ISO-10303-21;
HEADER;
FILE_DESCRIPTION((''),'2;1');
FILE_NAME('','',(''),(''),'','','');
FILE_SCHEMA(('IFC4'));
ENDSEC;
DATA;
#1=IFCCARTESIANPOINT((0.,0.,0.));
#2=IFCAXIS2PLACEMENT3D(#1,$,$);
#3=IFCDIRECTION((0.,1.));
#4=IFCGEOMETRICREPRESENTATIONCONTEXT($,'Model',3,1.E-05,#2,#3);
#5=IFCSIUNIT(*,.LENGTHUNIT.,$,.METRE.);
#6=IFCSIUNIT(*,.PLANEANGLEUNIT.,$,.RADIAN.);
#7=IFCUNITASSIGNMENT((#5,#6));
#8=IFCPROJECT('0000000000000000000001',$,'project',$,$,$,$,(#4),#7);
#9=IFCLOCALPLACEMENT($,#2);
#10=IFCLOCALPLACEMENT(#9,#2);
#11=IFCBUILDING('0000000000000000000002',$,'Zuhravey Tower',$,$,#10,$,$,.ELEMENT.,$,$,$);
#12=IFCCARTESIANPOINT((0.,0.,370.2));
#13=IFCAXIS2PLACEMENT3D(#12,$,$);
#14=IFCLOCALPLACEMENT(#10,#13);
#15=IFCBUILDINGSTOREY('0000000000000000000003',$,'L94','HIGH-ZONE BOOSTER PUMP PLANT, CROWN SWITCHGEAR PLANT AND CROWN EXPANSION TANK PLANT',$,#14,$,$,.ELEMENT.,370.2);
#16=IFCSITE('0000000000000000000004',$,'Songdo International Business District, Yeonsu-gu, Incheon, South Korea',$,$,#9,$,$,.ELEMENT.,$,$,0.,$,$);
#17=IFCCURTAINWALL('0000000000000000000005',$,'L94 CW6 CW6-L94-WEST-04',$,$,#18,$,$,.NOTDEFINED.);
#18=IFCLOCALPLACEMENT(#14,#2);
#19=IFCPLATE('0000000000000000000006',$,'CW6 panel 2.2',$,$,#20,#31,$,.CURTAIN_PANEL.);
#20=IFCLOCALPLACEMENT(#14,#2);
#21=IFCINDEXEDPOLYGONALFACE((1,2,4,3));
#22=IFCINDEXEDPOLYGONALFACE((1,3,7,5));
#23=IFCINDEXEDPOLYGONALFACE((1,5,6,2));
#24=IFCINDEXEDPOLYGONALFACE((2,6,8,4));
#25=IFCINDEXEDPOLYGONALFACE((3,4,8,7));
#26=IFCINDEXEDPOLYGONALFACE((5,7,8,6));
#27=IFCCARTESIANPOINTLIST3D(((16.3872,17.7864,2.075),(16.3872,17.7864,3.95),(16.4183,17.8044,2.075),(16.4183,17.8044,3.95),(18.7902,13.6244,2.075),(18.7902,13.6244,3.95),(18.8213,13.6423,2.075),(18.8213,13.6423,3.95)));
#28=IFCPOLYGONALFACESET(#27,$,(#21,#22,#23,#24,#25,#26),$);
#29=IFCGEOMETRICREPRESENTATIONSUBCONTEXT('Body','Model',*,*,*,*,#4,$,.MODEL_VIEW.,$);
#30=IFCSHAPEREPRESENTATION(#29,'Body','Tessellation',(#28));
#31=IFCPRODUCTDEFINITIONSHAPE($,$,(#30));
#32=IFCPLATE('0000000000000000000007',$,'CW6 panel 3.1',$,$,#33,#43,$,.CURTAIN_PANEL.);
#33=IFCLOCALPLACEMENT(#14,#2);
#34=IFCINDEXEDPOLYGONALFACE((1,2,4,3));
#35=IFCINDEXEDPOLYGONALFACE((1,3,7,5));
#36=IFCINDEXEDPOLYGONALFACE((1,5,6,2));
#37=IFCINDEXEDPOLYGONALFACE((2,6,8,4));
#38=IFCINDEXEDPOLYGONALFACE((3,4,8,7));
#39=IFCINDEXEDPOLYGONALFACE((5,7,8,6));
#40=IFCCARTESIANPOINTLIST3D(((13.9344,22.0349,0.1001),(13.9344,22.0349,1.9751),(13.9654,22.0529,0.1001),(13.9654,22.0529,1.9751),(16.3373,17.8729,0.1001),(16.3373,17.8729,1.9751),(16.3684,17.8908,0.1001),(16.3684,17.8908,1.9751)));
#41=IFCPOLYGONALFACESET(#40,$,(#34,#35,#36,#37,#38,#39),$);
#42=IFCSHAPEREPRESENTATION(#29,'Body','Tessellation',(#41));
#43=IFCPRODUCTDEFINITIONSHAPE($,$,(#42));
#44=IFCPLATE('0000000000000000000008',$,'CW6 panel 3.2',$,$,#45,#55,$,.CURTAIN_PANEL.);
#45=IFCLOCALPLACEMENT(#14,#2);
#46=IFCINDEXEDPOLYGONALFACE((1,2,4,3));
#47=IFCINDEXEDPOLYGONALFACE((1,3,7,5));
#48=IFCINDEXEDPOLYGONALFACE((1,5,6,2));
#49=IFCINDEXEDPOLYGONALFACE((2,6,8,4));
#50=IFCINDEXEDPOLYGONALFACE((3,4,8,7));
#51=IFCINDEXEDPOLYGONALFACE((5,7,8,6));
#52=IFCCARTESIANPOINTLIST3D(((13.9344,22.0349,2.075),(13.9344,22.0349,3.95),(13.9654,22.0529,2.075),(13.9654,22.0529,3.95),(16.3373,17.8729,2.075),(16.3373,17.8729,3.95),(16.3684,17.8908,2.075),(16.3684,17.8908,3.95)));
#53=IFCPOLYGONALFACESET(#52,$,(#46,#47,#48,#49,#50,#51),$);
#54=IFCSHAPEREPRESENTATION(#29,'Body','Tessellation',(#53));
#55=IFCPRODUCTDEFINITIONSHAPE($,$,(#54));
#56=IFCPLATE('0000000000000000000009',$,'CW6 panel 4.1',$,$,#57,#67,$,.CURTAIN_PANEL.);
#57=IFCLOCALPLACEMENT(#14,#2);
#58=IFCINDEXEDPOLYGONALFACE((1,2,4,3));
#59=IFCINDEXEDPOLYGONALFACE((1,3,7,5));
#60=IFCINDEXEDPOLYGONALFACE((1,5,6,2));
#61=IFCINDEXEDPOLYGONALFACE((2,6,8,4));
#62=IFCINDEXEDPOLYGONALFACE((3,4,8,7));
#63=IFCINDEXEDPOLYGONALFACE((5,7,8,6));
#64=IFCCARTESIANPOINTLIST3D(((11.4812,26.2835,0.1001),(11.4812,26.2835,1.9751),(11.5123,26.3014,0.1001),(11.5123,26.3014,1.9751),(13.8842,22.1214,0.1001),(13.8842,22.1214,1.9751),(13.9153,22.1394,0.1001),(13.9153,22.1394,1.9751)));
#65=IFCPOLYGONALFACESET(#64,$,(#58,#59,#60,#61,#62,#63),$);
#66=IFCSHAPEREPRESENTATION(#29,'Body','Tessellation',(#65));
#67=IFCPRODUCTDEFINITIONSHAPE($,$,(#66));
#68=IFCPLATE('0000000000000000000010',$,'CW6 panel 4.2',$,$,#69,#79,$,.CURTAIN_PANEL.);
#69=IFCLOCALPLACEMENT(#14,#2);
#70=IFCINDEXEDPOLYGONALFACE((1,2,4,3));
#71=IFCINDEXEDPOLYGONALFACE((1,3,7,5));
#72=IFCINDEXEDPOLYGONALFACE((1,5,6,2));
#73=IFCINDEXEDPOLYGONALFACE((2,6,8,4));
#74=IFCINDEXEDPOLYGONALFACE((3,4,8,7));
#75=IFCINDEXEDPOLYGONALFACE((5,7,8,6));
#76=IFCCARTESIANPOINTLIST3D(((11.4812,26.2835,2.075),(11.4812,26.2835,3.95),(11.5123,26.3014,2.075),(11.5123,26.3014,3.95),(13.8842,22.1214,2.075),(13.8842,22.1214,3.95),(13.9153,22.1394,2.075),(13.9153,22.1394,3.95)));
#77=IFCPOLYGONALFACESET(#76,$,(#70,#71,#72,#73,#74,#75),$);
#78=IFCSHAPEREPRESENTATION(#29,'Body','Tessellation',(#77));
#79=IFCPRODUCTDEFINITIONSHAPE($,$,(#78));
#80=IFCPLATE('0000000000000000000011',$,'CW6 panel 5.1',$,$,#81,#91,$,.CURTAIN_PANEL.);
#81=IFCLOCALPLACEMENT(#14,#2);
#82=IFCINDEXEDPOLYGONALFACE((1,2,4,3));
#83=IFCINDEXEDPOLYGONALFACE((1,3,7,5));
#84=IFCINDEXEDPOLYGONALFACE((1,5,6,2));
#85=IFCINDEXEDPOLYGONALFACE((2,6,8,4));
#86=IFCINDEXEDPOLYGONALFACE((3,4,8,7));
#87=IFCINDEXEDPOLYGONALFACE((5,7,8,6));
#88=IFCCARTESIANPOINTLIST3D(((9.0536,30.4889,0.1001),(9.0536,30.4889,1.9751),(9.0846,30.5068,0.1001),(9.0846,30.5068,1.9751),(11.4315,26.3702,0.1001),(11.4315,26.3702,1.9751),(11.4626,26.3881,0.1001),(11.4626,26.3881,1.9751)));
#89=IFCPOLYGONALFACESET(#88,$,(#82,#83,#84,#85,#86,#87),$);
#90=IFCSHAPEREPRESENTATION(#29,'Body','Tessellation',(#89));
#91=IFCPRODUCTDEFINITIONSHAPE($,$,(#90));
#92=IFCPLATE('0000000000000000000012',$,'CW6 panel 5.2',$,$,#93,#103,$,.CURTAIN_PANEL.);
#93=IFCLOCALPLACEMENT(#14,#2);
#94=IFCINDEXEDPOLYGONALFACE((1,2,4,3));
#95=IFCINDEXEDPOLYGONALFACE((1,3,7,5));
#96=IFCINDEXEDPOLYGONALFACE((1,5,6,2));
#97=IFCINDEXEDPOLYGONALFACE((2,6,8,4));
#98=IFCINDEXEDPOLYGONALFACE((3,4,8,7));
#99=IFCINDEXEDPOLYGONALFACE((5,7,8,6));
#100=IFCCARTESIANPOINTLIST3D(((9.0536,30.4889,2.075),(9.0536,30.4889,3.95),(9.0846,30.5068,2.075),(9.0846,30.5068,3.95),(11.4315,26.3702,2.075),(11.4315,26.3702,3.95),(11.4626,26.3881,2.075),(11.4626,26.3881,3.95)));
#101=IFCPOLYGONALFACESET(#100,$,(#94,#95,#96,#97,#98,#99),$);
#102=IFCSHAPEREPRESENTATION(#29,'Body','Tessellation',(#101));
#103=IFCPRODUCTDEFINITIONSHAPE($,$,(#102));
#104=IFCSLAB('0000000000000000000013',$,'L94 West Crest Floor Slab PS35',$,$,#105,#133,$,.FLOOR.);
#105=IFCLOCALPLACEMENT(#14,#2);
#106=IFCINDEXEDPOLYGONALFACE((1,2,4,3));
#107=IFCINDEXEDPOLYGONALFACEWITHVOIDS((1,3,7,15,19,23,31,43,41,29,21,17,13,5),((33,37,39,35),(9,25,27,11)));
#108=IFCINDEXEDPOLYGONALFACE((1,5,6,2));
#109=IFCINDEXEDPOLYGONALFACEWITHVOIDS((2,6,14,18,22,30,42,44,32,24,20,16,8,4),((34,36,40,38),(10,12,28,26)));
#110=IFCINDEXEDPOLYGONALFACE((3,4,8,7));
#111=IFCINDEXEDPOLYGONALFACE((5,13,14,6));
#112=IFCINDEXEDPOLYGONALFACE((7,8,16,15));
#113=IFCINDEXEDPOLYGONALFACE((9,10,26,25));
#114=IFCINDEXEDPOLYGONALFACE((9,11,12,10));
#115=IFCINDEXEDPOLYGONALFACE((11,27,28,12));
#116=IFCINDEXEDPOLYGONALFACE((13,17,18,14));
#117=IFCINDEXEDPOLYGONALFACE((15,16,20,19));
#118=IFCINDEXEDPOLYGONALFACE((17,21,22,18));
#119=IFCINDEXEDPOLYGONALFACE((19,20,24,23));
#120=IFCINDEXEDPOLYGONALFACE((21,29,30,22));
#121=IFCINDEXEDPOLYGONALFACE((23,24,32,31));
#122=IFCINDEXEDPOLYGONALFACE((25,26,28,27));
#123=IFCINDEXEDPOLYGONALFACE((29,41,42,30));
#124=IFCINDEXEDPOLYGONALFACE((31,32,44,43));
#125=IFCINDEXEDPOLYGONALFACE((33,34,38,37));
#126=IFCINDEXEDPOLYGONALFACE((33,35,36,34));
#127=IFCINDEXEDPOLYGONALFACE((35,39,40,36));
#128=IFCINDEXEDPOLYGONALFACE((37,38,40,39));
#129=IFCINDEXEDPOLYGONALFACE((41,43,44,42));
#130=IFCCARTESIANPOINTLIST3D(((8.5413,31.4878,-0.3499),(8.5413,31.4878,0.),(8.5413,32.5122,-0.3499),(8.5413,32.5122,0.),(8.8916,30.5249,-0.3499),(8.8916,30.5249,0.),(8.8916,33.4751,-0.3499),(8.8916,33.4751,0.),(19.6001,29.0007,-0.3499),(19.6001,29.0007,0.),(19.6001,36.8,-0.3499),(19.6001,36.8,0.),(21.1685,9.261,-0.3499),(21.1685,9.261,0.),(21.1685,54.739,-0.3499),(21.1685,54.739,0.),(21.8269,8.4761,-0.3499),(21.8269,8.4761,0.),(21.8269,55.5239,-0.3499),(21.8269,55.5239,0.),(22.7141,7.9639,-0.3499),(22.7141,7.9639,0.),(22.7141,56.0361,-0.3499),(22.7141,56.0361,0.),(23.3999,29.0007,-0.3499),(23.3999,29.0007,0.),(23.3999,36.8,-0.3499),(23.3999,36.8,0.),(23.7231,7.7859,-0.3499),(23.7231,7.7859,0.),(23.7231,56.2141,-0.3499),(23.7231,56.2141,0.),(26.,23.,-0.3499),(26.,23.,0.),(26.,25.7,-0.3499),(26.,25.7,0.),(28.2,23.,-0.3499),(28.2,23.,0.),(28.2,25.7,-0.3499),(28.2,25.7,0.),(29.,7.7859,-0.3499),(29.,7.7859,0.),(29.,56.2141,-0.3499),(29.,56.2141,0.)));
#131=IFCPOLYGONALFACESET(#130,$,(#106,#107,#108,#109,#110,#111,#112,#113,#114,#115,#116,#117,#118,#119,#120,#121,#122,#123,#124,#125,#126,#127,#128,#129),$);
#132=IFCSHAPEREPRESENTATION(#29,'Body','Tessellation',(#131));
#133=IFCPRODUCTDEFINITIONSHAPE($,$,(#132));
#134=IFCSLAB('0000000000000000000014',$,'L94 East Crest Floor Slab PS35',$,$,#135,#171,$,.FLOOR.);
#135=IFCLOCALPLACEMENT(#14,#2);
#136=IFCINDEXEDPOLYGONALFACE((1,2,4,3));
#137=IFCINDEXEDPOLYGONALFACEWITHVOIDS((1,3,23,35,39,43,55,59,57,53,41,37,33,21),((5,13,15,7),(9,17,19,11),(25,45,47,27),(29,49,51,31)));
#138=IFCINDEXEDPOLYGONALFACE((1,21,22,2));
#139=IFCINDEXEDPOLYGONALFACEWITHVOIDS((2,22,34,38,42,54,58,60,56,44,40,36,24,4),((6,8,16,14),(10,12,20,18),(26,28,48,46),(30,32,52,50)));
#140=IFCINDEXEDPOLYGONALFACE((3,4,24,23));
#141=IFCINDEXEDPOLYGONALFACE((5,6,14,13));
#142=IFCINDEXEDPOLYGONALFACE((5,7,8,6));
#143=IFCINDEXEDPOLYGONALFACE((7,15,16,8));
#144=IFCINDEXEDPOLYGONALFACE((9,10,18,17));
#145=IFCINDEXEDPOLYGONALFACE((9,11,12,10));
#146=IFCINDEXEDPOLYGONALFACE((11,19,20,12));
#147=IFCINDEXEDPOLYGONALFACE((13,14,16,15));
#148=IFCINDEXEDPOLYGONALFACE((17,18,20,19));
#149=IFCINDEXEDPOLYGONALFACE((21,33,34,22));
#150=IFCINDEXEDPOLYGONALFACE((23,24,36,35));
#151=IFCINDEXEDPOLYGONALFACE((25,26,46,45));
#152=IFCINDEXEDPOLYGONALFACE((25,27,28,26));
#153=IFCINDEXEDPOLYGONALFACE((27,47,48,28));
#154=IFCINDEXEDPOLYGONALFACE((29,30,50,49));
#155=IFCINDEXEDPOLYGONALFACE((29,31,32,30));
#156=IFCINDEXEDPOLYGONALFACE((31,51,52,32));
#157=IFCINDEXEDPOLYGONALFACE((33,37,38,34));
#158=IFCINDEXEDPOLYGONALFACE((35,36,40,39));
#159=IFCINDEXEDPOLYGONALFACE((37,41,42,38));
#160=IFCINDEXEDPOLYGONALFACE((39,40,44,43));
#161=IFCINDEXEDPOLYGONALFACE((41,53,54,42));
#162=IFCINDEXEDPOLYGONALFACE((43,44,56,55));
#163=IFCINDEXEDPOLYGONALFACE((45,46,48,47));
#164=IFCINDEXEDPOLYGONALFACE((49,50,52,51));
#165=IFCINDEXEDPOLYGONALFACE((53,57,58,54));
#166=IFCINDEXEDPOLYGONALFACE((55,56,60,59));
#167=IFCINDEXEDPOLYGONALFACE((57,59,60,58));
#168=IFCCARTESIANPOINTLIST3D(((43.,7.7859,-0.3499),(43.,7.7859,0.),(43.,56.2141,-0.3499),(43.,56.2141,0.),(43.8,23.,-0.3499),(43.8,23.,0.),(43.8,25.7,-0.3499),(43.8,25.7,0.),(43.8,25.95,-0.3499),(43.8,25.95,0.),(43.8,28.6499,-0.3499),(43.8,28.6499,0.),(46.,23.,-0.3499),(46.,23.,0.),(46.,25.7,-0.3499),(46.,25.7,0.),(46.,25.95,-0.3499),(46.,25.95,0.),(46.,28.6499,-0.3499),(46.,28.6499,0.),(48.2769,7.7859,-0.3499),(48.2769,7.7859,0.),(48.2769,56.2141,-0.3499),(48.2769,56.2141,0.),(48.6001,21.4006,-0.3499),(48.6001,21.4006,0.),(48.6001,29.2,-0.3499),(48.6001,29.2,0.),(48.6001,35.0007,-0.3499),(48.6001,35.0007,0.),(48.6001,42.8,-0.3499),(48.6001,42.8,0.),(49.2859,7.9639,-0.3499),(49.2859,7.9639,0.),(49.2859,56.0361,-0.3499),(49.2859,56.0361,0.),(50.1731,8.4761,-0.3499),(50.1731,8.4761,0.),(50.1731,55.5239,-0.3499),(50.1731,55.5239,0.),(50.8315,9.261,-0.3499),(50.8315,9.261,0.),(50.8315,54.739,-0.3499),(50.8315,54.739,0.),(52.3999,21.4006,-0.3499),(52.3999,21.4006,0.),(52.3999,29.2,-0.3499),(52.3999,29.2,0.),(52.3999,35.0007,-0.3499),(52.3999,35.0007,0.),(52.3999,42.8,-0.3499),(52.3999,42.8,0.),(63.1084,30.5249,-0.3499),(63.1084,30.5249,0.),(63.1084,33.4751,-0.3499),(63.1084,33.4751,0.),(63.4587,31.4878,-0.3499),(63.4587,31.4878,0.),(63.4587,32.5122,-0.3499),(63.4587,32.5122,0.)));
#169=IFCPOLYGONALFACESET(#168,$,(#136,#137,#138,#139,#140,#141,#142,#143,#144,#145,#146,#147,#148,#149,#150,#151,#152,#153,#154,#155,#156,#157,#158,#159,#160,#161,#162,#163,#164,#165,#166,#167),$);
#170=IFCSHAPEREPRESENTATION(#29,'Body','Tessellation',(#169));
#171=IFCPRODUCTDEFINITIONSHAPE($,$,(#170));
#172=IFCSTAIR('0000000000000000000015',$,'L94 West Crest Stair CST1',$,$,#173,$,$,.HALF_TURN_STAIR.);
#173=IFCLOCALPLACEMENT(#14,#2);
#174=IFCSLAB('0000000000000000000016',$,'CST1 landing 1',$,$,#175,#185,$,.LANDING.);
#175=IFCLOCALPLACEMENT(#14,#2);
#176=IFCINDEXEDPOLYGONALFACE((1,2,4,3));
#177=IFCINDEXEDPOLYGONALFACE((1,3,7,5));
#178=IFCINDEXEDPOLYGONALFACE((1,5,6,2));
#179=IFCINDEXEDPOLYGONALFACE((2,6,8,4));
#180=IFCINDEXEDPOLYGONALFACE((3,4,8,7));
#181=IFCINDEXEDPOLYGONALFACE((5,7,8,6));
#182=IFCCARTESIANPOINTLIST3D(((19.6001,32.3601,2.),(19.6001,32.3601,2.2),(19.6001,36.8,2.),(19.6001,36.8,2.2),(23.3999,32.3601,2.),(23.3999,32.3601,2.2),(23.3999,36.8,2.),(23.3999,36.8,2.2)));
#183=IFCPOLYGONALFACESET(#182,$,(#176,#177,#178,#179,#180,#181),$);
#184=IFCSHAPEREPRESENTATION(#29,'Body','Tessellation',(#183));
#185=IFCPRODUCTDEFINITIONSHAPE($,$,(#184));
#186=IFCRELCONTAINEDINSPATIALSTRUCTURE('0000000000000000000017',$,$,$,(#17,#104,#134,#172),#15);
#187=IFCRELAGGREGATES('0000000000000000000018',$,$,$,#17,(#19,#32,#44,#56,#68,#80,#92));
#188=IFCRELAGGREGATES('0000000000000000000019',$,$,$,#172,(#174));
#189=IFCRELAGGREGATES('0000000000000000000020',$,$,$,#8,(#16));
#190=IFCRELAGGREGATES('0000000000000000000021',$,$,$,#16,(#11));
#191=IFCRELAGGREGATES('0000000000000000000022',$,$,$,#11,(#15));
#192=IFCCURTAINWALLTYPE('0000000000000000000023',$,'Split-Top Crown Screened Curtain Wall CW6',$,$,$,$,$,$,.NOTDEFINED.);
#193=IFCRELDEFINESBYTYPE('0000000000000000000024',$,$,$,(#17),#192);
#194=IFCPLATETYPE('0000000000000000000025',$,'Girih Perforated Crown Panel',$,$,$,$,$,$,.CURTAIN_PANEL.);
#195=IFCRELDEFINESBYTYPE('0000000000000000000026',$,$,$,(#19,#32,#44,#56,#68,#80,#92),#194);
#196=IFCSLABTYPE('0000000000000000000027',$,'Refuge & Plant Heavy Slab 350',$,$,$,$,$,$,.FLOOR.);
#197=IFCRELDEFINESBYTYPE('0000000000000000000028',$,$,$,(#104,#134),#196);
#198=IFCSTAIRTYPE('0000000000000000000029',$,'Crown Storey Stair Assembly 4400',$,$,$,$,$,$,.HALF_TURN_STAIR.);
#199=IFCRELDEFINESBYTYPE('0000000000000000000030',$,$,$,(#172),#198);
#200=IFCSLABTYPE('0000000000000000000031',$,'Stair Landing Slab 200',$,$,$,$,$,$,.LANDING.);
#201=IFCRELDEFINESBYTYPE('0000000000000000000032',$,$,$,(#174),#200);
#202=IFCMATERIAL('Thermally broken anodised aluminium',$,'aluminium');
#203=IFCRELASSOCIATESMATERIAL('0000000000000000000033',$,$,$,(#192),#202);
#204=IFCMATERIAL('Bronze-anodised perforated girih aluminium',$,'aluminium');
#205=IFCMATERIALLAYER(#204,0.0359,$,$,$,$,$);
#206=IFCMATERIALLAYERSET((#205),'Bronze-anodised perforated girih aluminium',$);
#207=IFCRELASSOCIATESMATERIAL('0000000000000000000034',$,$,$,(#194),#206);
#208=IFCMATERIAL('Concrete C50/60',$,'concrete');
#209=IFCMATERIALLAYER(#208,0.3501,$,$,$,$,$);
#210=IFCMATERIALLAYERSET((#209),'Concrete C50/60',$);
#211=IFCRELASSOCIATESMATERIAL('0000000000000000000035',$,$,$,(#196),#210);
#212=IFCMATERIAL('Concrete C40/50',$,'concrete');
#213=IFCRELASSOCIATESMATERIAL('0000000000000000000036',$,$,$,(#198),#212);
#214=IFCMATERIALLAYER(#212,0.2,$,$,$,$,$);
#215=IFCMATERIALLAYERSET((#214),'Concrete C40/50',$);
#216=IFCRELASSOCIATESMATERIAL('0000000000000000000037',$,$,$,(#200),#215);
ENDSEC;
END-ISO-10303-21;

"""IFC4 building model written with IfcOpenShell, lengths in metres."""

from ifc_helpers import new_model, si_unit, direction, frame, origin, origin_2d, place, context, subcontext, project, spatial, polyline, rectangle, outline, extrude, material, layer, layer_set, type_object, element, aggregate, save


model = new_model("IFC4")

# Units and contexts
model_context = context("Model", 3, precision=1e-05, world=origin(), true_north=direction((0.0, 1.0)))
body_context = subcontext(model_context, "Body", "Model", "MODEL_VIEW")
ifc_project = project(units=[si_unit("LENGTHUNIT", "METRE"), si_unit("PLANEANGLEUNIT", "RADIAN")], contexts=[model_context])

# Site, building, storey
site_placement = place(None, origin())
site = spatial("IfcSite", under=ifc_project, at=site_placement, Name="Songdo International Business District, Yeonsu-gu, Incheon, South Korea", CompositionType="ELEMENT", RefElevation=0.0)
building_placement = place(site_placement, origin())
building = spatial("IfcBuilding", under=site, at=building_placement, Name="Zuhravey Tower", CompositionType="ELEMENT")
storey_placement = place(building_placement, frame((0.0, 0.0, 370.2)))
storey = spatial("IfcBuildingStorey", under=building, at=storey_placement, Name="L94", Description="HIGH-ZONE BOOSTER PUMP PLANT, CROWN SWITCHGEAR PLANT AND CROWN EXPANSION TANK PLANT", CompositionType="ELEMENT", Elevation=370.2)

# Curtain wall
ifc_material_1 = material(Name="Thermally broken anodised aluminium", Category="aluminium")
curtain_wall_type = type_object("IfcCurtainWallType", Name="Split-Top Crown Screened Curtain Wall CW6", PredefinedType="NOTDEFINED", material=ifc_material_1)
curtain_wall_placement = place(storey_placement, origin())
curtain_wall = element("IfcCurtainWall", 1, at=curtain_wall_placement, inside=storey, type_object=curtain_wall_type, Name="L94 CW6 CW6-L94-WEST-04", PredefinedType="NOTDEFINED")

# Plates
ifc_material_2 = material(Name="Bronze-anodised perforated girih aluminium", Category="aluminium")
ifc_layer_1 = layer(ifc_material_2, 0.0359)
ifc_layer_set_1 = layer_set([ifc_layer_1], Name="Bronze-anodised perforated girih aluminium")
plate_type = type_object("IfcPlateType", Name="Girih Perforated Crown Panel", PredefinedType="CURTAIN_PANEL", material=ifc_layer_set_1)
plate_1_placement = place(storey_placement, frame((17.6042, 15.7144, 2.075), z_axis=(0.0, 0.0, 1.0), x_axis=(-0.499997, 0.866027, 0.0)))
plate_1 = element("IfcPlate", 2, at=plate_1_placement, type_object=plate_type, Name="CW6 panel 2.2", PredefinedType="CURTAIN_PANEL", context=body_context, shape_type="SweptSolid", body=[
    extrude(rectangle(XDim=4.8059, YDim=0.0359, at=origin_2d()), origin(), (0.0, 0.0, 1.0), 1.875),
])
plate_2_placement = place(storey_placement, frame((15.1514, 19.9629, 0.1001), z_axis=(0.0, 0.0, 1.0), x_axis=(-0.499997, 0.866027, 0.0)))
plate_2 = element("IfcPlate", 3, at=plate_2_placement, type_object=plate_type, Name="CW6 panel 3.1", PredefinedType="CURTAIN_PANEL", context=body_context, shape_type="SweptSolid", body=[
    extrude(rectangle(XDim=4.8059, YDim=0.0359, at=origin_2d()), origin(), (0.0, 0.0, 1.0), 1.875),
])
plate_3_placement = place(storey_placement, frame((15.1514, 19.9629, 2.075), z_axis=(0.0, 0.0, 1.0), x_axis=(-0.499997, 0.866027, 0.0)))
plate_3 = element("IfcPlate", 4, at=plate_3_placement, type_object=plate_type, Name="CW6 panel 3.2", PredefinedType="CURTAIN_PANEL", context=body_context, shape_type="SweptSolid", body=[
    extrude(rectangle(XDim=4.8059, YDim=0.0359, at=origin_2d()), origin(), (0.0, 0.0, 1.0), 1.875),
])
plate_4_placement = place(storey_placement, frame((12.6982, 24.2114, 0.1001), z_axis=(0.0, 0.0, 1.0), x_axis=(-0.499997, 0.866027, 0.0)))
plate_4 = element("IfcPlate", 5, at=plate_4_placement, type_object=plate_type, Name="CW6 panel 4.1", PredefinedType="CURTAIN_PANEL", context=body_context, shape_type="SweptSolid", body=[
    extrude(rectangle(XDim=4.8059, YDim=0.0359, at=origin_2d()), origin(), (0.0, 0.0, 1.0), 1.875),
])
plate_5_placement = place(storey_placement, frame((12.6982, 24.2114, 2.075), z_axis=(0.0, 0.0, 1.0), x_axis=(-0.499997, 0.866027, 0.0)))
plate_5 = element("IfcPlate", 6, at=plate_5_placement, type_object=plate_type, Name="CW6 panel 4.2", PredefinedType="CURTAIN_PANEL", context=body_context, shape_type="SweptSolid", body=[
    extrude(rectangle(XDim=4.8059, YDim=0.0359, at=origin_2d()), origin(), (0.0, 0.0, 1.0), 1.875),
])
plate_6_placement = place(storey_placement, frame((10.2581, 28.4385, 0.1001), z_axis=(0.0, 0.0, 1.0), x_axis=(-0.499997, 0.866027, 0.0)))
plate_6 = element("IfcPlate", 7, at=plate_6_placement, type_object=plate_type, Name="CW6 panel 5.1", PredefinedType="CURTAIN_PANEL", context=body_context, shape_type="SweptSolid", body=[
    extrude(rectangle(XDim=4.7559, YDim=0.0359, at=origin_2d()), origin(), (0.0, 0.0, 1.0), 1.875),
])
plate_7_placement = place(storey_placement, frame((10.2581, 28.4385, 2.075), z_axis=(0.0, 0.0, 1.0), x_axis=(-0.499997, 0.866027, 0.0)))
plate_7 = element("IfcPlate", 8, at=plate_7_placement, type_object=plate_type, Name="CW6 panel 5.2", PredefinedType="CURTAIN_PANEL", context=body_context, shape_type="SweptSolid", body=[
    extrude(rectangle(XDim=4.7559, YDim=0.0359, at=origin_2d()), origin(), (0.0, 0.0, 1.0), 1.875),
])
aggregate(curtain_wall, [plate_1, plate_2, plate_3, plate_4, plate_5, plate_6, plate_7])

# Slabs
ifc_material_3 = material(Name="Concrete C50/60", Category="concrete")
ifc_layer_2 = layer(ifc_material_3, 0.3501)
ifc_layer_set_2 = layer_set([ifc_layer_2], Name="Concrete C50/60")
slab_type_1 = type_object("IfcSlabType", Name="Refuge & Plant Heavy Slab 350", PredefinedType="FLOOR", material=ifc_layer_set_2)
slab_1_placement = place(storey_placement, frame((0.0, 0.0, -0.3499)))
element("IfcSlab", 9, at=slab_1_placement, inside=storey, type_object=slab_type_1, Name="L94 West Crest Floor Slab PS35", PredefinedType="FLOOR", context=body_context, shape_type="SweptSolid", body=[
    extrude(outline(polyline([(23.7231, 7.7859), (22.7141, 7.9639), (21.8269, 8.4761), (21.1685, 9.261), (8.8916, 30.5249), (8.5413, 31.4878), (8.5413, 32.5122), (8.8916, 33.4751), (21.1685, 54.739), (21.8269, 55.5239), (22.7141, 56.0361), (23.7231, 56.2141), (29.0, 56.2141), (29.0, 7.7859), (23.7231, 7.7859)]), holes=[polyline([(23.3999, 29.0007), (23.3999, 36.8), (19.6001, 36.8), (19.6001, 29.0007), (23.3999, 29.0007)]), polyline([(26.0, 23.0), (28.2, 23.0), (28.2, 25.7), (26.0, 25.7), (26.0, 23.0)])]), origin(), (0.0, 0.0, 1.0), 0.3499),
])
slab_2_placement = place(storey_placement, frame((0.0, 0.0, -0.3499)))
element("IfcSlab", 10, at=slab_2_placement, inside=storey, type_object=slab_type_1, Name="L94 East Crest Floor Slab PS35", PredefinedType="FLOOR", context=body_context, shape_type="SweptSolid", body=[
    extrude(outline(polyline([(48.2769, 56.2141), (49.2859, 56.0361), (50.1731, 55.5239), (50.8315, 54.739), (63.1084, 33.4751), (63.4587, 32.5122), (63.4587, 31.4878), (63.1084, 30.5249), (50.8315, 9.261), (50.1731, 8.4761), (49.2859, 7.9639), (48.2769, 7.7859), (43.0, 7.7859), (43.0, 56.2141), (48.2769, 56.2141)]), holes=[polyline([(52.3999, 21.4006), (52.3999, 29.2), (48.6001, 29.2), (48.6001, 21.4006), (52.3999, 21.4006)]), polyline([(52.3999, 35.0007), (52.3999, 42.8), (48.6001, 42.8), (48.6001, 35.0007), (52.3999, 35.0007)]), polyline([(43.8, 23.0), (46.0, 23.0), (46.0, 25.7), (43.8, 25.7), (43.8, 23.0)]), polyline([(43.8, 25.95), (46.0, 25.95), (46.0, 28.6499), (43.8, 28.6499), (43.8, 25.95)])]), origin(), (0.0, 0.0, 1.0), 0.3499),
])

# Stair, slab
ifc_material_4 = material(Name="Concrete C40/50", Category="concrete")
stair_type = type_object("IfcStairType", Name="Crown Storey Stair Assembly 4400", PredefinedType="HALF_TURN_STAIR", material=ifc_material_4)
stair_1_placement = place(storey_placement, origin())
stair_1 = element("IfcStair", 11, at=stair_1_placement, inside=storey, type_object=stair_type, Name="L94 West Crest Stair CST1", PredefinedType="HALF_TURN_STAIR")
ifc_layer_3 = layer(ifc_material_4, 0.2)
ifc_layer_set_3 = layer_set([ifc_layer_3], Name="Concrete C40/50")
slab_type_2 = type_object("IfcSlabType", Name="Stair Landing Slab 200", PredefinedType="LANDING", material=ifc_layer_set_3)
slab_3_placement = place(storey_placement, frame((0.0, 0.0, 2.0)))
slab_3 = element("IfcSlab", 12, at=slab_3_placement, type_object=slab_type_2, Name="CST1 landing 1", PredefinedType="LANDING", context=body_context, shape_type="SweptSolid", body=[
    extrude(outline(polyline([(23.3999, 32.3601), (23.3999, 36.8), (19.6001, 36.8), (19.6001, 32.3601), (23.3999, 32.3601)])), origin(), (0.0, 0.0, 1.0), 0.2),
])
aggregate(stair_1, [slab_3])

save(model, "model.ifc")
